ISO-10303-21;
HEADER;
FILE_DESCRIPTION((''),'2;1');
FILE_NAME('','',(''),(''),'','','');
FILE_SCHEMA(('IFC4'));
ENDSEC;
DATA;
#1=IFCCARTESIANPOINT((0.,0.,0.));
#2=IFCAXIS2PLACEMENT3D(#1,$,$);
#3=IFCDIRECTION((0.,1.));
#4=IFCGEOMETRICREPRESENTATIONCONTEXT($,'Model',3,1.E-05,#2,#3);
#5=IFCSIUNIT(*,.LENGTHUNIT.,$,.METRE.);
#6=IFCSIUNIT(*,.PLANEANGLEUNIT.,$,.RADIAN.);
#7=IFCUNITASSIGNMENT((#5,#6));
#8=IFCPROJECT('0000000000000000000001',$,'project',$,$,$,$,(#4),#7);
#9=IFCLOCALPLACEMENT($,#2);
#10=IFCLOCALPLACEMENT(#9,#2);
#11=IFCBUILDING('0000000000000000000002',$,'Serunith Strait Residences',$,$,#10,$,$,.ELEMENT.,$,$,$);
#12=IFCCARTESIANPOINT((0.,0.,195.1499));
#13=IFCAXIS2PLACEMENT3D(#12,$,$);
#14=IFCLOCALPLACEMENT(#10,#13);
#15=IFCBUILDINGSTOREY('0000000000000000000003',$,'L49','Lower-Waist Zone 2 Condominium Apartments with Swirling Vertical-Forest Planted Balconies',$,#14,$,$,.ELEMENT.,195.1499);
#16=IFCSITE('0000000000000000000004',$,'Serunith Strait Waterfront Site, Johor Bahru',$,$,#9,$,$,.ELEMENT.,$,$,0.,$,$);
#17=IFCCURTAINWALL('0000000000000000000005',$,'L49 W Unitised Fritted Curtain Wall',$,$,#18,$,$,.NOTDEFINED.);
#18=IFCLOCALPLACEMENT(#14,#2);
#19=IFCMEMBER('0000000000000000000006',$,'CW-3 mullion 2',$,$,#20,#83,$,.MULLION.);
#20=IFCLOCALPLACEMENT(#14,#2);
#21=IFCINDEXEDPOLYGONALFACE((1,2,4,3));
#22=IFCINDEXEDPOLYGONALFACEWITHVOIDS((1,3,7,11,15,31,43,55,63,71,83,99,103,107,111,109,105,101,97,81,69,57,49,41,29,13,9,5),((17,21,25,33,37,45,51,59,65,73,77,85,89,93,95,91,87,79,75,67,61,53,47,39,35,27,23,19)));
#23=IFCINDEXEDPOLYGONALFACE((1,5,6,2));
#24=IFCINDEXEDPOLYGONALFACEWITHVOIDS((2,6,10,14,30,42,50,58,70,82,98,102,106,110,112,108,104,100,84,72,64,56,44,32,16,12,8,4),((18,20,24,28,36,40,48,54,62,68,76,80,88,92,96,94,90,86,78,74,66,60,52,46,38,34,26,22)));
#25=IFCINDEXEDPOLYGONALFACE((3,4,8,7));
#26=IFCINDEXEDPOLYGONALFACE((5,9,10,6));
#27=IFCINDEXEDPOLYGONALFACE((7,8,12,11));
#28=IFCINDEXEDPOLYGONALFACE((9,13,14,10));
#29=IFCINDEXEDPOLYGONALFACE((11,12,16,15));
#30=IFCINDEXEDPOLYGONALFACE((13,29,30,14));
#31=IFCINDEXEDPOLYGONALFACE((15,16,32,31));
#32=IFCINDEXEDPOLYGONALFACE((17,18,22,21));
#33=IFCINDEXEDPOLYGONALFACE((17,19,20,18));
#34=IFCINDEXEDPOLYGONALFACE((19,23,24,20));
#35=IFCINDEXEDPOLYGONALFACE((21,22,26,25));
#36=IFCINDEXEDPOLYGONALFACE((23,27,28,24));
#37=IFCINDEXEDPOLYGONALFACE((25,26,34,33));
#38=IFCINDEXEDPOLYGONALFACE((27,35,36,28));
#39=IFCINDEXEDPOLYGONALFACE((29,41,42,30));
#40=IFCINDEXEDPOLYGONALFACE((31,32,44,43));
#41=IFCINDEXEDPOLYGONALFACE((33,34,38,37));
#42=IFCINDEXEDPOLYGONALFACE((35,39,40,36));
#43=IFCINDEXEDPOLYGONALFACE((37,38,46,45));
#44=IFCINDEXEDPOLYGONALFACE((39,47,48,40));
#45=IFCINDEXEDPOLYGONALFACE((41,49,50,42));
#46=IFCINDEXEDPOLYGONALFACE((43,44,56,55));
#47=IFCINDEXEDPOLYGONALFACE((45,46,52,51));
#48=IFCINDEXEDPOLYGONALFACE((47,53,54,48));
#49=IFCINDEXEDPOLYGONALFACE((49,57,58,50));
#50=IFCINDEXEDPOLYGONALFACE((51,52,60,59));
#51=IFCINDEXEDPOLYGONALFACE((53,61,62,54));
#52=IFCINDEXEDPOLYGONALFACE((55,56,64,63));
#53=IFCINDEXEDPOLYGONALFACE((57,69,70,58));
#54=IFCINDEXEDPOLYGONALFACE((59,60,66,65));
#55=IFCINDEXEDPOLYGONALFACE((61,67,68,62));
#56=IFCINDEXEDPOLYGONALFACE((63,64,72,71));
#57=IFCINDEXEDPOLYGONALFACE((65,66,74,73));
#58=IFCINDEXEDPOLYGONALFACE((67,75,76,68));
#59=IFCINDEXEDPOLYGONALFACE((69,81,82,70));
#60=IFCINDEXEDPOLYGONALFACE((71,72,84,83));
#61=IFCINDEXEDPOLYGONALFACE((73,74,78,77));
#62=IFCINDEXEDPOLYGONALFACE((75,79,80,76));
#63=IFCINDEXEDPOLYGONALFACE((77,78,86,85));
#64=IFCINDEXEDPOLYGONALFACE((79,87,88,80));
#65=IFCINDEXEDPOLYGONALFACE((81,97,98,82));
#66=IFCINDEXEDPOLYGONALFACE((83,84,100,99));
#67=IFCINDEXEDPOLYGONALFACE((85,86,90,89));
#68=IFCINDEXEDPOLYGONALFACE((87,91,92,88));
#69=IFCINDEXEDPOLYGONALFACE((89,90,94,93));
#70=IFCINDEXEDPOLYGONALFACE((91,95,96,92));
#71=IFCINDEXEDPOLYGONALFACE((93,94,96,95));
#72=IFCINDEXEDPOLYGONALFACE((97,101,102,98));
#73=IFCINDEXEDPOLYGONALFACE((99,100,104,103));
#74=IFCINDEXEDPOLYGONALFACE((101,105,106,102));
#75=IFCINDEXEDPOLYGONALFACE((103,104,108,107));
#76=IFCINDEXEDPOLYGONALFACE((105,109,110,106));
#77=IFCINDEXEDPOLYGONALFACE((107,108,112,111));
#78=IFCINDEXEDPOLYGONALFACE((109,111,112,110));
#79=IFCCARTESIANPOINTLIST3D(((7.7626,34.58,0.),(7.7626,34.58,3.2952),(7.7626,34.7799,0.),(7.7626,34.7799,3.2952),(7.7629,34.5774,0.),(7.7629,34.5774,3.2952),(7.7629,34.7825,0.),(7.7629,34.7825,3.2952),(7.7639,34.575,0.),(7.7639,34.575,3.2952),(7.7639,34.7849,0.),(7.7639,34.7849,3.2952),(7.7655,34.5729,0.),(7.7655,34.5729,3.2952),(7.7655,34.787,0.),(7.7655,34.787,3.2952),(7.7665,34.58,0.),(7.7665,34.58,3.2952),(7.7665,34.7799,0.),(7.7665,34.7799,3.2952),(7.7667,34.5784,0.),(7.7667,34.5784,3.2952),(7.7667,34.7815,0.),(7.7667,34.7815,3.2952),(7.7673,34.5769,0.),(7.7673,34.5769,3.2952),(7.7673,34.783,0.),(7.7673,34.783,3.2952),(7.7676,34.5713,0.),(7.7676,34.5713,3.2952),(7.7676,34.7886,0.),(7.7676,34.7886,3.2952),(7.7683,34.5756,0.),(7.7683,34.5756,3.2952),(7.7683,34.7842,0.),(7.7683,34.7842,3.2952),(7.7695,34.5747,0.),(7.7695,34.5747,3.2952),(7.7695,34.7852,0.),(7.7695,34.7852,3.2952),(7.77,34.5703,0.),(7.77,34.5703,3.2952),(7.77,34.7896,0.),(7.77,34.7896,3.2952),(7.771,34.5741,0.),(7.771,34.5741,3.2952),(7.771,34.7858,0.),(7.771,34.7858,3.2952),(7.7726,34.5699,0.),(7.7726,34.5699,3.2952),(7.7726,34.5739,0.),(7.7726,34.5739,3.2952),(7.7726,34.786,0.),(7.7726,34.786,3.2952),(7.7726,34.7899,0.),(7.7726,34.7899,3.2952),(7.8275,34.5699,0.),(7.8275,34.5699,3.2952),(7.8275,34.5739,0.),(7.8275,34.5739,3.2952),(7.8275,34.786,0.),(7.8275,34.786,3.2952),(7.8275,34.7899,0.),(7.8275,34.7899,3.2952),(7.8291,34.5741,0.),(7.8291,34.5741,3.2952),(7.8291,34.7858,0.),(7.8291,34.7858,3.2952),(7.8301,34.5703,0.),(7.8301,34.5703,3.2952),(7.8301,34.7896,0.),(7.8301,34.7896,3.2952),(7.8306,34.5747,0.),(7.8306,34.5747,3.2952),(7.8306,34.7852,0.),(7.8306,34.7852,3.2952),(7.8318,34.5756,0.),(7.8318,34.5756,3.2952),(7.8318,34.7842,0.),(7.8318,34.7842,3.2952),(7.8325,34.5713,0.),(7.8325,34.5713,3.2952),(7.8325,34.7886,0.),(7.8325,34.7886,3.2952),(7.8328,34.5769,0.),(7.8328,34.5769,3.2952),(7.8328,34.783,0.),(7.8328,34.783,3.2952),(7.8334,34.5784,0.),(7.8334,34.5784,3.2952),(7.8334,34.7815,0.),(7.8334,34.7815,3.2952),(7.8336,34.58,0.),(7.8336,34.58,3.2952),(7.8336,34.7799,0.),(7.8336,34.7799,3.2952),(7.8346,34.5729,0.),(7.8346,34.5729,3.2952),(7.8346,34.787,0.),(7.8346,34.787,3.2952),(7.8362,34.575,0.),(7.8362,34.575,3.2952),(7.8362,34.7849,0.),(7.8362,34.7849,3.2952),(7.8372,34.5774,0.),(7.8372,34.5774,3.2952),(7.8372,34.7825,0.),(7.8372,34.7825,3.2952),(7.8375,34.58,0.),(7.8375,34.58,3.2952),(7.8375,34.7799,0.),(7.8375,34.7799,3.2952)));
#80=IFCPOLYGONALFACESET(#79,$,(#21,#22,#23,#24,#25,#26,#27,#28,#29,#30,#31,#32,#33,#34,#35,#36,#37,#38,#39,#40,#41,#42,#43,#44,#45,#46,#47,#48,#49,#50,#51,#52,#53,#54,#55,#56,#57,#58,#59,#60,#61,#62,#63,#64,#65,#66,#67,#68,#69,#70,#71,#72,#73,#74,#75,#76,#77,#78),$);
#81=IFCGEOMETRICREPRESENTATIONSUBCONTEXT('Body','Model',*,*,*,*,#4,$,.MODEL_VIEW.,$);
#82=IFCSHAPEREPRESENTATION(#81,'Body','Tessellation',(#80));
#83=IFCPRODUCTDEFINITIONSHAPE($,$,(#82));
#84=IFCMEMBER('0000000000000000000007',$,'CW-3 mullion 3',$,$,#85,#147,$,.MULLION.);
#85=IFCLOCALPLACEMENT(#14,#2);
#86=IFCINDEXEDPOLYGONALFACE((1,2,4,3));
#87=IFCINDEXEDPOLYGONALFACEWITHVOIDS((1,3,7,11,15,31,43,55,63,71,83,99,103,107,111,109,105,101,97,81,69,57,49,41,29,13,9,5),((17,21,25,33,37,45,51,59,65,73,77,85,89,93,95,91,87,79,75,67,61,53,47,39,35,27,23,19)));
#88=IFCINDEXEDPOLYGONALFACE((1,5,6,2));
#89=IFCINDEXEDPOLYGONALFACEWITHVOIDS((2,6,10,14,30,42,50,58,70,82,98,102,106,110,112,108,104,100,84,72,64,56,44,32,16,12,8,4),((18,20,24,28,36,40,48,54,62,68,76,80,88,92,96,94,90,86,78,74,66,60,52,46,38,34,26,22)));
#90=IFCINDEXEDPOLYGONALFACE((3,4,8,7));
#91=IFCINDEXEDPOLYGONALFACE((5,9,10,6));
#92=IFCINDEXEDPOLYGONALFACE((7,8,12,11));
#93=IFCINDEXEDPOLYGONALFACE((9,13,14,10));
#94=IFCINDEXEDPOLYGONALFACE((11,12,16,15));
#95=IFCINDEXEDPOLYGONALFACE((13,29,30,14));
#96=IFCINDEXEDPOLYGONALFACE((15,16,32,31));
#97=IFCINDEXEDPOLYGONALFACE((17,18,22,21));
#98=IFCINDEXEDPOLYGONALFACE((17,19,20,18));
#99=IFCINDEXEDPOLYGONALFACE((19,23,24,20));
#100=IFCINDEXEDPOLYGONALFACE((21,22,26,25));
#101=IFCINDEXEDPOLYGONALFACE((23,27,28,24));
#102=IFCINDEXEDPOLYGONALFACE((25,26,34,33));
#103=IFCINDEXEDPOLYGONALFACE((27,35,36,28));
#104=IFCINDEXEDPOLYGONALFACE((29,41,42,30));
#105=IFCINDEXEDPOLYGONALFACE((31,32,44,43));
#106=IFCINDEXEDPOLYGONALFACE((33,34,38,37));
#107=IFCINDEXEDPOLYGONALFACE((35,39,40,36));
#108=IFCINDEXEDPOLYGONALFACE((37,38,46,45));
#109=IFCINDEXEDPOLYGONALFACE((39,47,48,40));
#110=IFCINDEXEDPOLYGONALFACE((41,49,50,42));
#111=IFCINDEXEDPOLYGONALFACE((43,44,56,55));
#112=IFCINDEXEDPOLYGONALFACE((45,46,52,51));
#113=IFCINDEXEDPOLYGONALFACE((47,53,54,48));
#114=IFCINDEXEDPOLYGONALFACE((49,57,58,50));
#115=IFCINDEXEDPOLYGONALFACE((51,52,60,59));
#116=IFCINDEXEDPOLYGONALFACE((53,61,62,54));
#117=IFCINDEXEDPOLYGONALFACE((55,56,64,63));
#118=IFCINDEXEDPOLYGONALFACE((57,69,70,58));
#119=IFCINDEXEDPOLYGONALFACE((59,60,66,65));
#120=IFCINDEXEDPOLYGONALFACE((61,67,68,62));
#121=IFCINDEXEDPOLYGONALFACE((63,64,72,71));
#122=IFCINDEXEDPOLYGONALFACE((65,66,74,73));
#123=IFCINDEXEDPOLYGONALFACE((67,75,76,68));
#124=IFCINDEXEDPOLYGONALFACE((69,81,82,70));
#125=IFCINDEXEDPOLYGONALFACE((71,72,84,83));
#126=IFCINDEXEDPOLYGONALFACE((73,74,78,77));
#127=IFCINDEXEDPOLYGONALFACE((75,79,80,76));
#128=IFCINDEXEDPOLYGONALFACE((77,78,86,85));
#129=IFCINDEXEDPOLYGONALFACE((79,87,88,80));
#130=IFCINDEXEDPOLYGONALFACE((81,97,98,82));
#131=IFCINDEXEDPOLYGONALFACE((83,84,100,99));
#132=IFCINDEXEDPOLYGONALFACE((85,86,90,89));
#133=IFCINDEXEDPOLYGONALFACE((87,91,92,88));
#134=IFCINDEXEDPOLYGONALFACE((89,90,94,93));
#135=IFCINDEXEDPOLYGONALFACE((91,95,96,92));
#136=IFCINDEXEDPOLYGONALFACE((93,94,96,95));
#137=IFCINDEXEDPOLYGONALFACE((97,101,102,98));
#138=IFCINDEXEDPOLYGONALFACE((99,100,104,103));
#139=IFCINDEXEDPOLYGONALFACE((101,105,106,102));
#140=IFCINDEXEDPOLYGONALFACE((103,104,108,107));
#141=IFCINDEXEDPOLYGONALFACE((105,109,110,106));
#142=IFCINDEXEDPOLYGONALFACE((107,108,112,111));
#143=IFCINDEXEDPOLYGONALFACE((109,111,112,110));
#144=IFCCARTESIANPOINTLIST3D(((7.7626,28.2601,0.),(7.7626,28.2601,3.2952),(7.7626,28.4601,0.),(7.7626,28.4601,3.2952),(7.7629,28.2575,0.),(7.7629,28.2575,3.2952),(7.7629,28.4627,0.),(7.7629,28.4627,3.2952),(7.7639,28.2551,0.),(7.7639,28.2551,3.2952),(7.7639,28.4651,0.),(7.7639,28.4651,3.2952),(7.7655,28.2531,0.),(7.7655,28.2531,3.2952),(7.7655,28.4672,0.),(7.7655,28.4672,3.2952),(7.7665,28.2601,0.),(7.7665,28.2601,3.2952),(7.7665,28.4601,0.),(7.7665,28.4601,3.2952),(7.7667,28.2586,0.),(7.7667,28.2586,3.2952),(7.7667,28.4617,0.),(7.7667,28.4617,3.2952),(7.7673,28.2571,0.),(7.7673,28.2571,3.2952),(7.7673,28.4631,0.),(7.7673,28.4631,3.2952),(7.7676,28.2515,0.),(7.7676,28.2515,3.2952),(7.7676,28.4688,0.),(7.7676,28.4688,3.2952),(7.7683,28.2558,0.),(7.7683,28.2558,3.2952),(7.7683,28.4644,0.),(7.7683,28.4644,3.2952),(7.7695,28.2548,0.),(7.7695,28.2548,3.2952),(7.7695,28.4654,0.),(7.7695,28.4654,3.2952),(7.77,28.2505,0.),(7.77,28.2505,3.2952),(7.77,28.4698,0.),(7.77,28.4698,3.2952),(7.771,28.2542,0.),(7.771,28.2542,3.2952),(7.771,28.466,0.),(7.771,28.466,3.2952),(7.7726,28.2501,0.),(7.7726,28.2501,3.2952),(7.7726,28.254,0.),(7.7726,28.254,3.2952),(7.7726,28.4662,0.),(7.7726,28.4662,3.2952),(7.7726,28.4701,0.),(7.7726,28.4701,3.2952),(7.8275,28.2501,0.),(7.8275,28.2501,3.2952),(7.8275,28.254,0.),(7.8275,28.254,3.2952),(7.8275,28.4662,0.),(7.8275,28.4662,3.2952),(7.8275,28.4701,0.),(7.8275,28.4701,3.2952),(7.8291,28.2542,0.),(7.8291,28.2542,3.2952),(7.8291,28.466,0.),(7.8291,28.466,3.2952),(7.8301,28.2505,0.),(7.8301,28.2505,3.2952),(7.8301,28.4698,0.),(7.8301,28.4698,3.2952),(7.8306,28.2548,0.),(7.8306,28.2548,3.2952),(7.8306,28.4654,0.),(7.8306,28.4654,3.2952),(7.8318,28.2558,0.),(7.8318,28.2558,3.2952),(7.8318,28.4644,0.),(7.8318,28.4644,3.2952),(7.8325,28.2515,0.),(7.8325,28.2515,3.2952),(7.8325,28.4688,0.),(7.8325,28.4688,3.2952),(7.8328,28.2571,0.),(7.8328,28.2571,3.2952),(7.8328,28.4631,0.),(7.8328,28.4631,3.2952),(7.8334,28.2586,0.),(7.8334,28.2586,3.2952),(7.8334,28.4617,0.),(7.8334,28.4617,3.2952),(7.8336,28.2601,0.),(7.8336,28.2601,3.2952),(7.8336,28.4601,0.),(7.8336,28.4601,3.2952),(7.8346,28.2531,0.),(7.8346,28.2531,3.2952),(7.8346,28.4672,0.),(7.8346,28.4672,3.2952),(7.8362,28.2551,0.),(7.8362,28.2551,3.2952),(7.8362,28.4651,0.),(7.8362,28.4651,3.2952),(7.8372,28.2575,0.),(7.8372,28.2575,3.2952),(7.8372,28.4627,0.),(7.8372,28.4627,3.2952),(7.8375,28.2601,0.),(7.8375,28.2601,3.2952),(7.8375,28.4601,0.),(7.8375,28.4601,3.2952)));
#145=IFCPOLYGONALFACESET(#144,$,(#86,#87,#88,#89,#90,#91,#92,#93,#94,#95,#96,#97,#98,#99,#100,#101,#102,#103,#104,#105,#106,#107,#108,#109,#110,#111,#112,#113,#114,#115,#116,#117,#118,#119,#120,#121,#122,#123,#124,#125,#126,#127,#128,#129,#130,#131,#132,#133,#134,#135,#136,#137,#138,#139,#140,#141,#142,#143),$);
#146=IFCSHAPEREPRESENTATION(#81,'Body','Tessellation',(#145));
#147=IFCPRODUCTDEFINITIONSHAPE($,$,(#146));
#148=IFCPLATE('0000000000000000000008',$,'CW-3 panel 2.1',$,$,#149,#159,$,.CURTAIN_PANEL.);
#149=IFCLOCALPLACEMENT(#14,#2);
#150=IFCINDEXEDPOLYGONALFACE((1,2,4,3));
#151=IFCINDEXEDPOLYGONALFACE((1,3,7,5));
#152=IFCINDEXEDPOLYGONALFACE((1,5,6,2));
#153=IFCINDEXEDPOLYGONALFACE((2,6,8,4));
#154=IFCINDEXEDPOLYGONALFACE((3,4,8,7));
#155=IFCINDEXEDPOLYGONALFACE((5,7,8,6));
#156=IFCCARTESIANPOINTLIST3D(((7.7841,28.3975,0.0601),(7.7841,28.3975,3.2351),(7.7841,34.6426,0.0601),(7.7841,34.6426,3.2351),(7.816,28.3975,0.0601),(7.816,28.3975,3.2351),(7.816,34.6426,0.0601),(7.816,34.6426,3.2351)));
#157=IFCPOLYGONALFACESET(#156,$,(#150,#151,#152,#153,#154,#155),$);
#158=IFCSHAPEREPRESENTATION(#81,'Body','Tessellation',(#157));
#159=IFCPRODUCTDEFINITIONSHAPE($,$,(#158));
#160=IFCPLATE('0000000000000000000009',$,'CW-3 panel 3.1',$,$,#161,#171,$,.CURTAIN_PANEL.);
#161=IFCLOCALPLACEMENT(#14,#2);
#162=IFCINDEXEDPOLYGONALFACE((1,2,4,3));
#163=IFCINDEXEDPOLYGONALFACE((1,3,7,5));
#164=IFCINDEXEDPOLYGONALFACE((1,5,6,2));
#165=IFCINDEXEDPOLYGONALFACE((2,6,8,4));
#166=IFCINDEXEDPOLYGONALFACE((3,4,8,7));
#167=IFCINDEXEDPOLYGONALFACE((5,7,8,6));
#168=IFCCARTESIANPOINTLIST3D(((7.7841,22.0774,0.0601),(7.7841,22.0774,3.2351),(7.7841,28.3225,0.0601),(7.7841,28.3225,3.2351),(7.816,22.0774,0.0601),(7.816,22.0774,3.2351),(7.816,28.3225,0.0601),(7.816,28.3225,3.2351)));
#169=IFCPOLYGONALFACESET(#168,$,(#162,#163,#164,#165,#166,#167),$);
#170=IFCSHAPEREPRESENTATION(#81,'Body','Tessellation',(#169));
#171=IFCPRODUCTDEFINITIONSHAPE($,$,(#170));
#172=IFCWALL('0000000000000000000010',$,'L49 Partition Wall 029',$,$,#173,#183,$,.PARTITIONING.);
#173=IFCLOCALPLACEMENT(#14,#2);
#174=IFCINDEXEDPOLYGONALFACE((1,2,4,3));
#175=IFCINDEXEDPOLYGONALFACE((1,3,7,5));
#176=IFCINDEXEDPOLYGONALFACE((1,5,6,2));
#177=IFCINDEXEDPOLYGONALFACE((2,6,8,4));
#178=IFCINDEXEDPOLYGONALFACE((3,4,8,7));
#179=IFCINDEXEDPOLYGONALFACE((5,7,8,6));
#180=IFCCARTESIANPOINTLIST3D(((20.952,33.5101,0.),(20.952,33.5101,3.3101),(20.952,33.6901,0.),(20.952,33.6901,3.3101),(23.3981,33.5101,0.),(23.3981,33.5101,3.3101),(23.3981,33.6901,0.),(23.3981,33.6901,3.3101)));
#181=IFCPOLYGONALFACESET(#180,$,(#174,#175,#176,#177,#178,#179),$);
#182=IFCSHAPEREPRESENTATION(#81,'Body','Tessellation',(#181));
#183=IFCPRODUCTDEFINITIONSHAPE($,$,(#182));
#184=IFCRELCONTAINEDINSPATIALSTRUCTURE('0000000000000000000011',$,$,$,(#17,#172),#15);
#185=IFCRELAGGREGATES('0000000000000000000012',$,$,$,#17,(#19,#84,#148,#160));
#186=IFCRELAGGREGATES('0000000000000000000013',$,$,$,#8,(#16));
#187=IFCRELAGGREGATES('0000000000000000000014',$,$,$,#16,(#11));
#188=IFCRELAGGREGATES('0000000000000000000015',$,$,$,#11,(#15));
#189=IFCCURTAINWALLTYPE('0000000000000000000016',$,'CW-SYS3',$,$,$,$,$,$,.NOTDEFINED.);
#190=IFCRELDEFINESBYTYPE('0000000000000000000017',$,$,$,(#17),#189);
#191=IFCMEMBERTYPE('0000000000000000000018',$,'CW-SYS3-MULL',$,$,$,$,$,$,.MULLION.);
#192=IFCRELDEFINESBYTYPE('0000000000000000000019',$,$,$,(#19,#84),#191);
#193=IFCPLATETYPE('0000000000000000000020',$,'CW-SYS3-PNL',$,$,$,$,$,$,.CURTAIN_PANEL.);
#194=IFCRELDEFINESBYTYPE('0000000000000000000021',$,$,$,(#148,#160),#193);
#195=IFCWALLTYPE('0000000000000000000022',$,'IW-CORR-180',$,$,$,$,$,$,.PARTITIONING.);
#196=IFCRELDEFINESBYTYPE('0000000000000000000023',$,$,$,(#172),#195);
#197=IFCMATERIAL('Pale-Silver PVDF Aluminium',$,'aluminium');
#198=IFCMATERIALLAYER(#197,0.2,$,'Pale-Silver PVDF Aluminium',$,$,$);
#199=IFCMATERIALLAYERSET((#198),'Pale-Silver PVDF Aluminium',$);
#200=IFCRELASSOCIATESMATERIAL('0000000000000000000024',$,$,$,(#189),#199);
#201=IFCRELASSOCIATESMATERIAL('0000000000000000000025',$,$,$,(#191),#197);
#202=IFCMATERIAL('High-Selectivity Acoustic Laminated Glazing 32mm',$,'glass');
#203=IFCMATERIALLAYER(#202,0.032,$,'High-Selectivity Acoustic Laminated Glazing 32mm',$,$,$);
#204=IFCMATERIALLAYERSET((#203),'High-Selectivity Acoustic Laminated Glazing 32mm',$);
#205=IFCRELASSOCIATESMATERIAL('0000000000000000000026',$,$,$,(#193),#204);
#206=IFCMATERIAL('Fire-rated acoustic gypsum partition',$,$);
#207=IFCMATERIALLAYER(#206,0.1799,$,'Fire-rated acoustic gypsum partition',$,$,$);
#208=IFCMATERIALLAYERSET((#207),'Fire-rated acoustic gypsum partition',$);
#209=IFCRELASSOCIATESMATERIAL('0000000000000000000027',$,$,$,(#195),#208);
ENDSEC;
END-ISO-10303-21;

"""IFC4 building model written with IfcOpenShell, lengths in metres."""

from ifc_helpers import new_model, si_unit, direction, frame, frame_2d, origin, origin_2d, place, context, subcontext, project, spatial, rectangle, hollow_rectangle, extrude, source, transform, mapped, material, layer, layer_set, material_profile, profile_set, type_object, element, aggregate, save


model = new_model("IFC4")

# Units and contexts
model_context = context("Model", 3, precision=1e-05, world=origin(), true_north=direction((0.0, 1.0)))
body_context = subcontext(model_context, "Body", "Model", "MODEL_VIEW")
ifc_project = project(units=[si_unit("LENGTHUNIT", "METRE"), si_unit("PLANEANGLEUNIT", "RADIAN")], contexts=[model_context])

# Site, building, storey
site_placement = place(None, origin())
site = spatial("IfcSite", under=ifc_project, at=site_placement, Name="Serunith Strait Waterfront Site, Johor Bahru", CompositionType="ELEMENT", RefElevation=0.0)
building_placement = place(site_placement, origin())
building = spatial("IfcBuilding", under=site, at=building_placement, Name="Serunith Strait Residences", CompositionType="ELEMENT")
storey_placement = place(building_placement, frame((0.0, 0.0, 195.1499)))
storey = spatial("IfcBuildingStorey", under=building, at=storey_placement, Name="L49", Description="Lower-Waist Zone 2 Condominium Apartments with Swirling Vertical-Forest Planted Balconies", CompositionType="ELEMENT", Elevation=195.1499)

# Curtain wall, members, plates
ifc_material_1 = material(Name="Pale-Silver PVDF Aluminium", Category="aluminium")
ifc_layer_1 = layer(ifc_material_1, 0.2, Name="Pale-Silver PVDF Aluminium")
ifc_layer_set_1 = layer_set([ifc_layer_1], Name="Pale-Silver PVDF Aluminium")
curtain_wall_type = type_object("IfcCurtainWallType", Name="CW-SYS3", PredefinedType="NOTDEFINED", material=ifc_layer_set_1)
curtain_wall_placement = place(storey_placement, origin())
curtain_wall = element("IfcCurtainWall", 1, at=curtain_wall_placement, inside=storey, type_object=curtain_wall_type, Name="L49 W Unitised Fritted Curtain Wall", PredefinedType="NOTDEFINED")
ifc_material_profile_1 = material_profile(ifc_material_1, hollow_rectangle(XDim=0.075, YDim=0.22, WallThickness=0.0039, InnerFilletRadius=0.0061, OuterFilletRadius=0.01, at=origin_2d()), Name="ALU 220x75x4")
ifc_profile_set_1 = profile_set([ifc_material_profile_1], Name="Pale-Silver PVDF Aluminium")
member_type_1 = type_object("IfcMemberType", Name="CW-SYS3-MULL", PredefinedType="MULLION", material=ifc_profile_set_1)
shared_shape_1 = source(origin(), body_context, "Body", "SweptSolid", [
    extrude(hollow_rectangle(XDim=0.075, YDim=0.22, WallThickness=0.0039, InnerFilletRadius=0.0061, OuterFilletRadius=0.01, at=origin_2d()), origin(), (0.0, 0.0, 1.0), 3.2952),
])
member_1_placement = place(storey_placement, frame((7.8, 34.6799, 0.0), z_axis=(0.0, 0.0, 1.0), x_axis=(1.0, 0.0, 0.0)))
member_1 = element("IfcMember", 2, at=member_1_placement, type_object=member_type_1, Name="CW-3 mullion 2", PredefinedType="MULLION", context=body_context, shape_type="MappedRepresentation", body=[
    mapped(shared_shape_1, transform((0.0, 0.0, 0.0), scale=1.0)),
])
member_2_placement = place(storey_placement, frame((7.8, 28.3601, 0.0), z_axis=(0.0, 0.0, 1.0), x_axis=(1.0, 0.0, 0.0)))
member_2 = element("IfcMember", 3, at=member_2_placement, type_object=member_type_1, Name="CW-3 mullion 3", PredefinedType="MULLION", context=body_context, shape_type="MappedRepresentation", body=[
    mapped(shared_shape_1, transform((0.0, 0.0, 0.0), scale=1.0)),
])
ifc_material_2 = material(Name="High-Selectivity Acoustic Laminated Glazing 32mm", Category="glass")
ifc_layer_2 = layer(ifc_material_2, 0.032, Name="High-Selectivity Acoustic Laminated Glazing 32mm")
ifc_layer_set_2 = layer_set([ifc_layer_2], Name="High-Selectivity Acoustic Laminated Glazing 32mm")
plate_type = type_object("IfcPlateType", Name="CW-SYS3-PNL", PredefinedType="CURTAIN_PANEL", material=ifc_layer_set_2)
shared_shape_2 = source(origin(), body_context, "Body", "SweptSolid", [
    extrude(rectangle(XDim=6.2451, YDim=0.032, at=origin_2d()), origin(), (0.0, 0.0, 1.0), 3.175),
])
plate_1_placement = place(storey_placement, frame((7.8, 31.52, 0.0601), z_axis=(0.0, 0.0, 1.0), x_axis=(0.0, -1.0, 0.0)))
plate_1 = element("IfcPlate", 4, at=plate_1_placement, type_object=plate_type, Name="CW-3 panel 2.1", PredefinedType="CURTAIN_PANEL", context=body_context, shape_type="MappedRepresentation", body=[
    mapped(shared_shape_2, transform((0.0, 0.0, 0.0), scale=1.0)),
])
plate_2_placement = place(storey_placement, frame((7.8, 25.2, 0.0601), z_axis=(0.0, 0.0, 1.0), x_axis=(0.0, -1.0, 0.0)))
plate_2 = element("IfcPlate", 5, at=plate_2_placement, type_object=plate_type, Name="CW-3 panel 3.1", PredefinedType="CURTAIN_PANEL", context=body_context, shape_type="MappedRepresentation", body=[
    mapped(shared_shape_2, transform((0.0, 0.0, 0.0), scale=1.0)),
])
aggregate(curtain_wall, [member_1, member_2, plate_1, plate_2])

# Wall
ifc_material_3 = material(Name="Fire-rated acoustic gypsum partition")
ifc_layer_3 = layer(ifc_material_3, 0.1799, Name="Fire-rated acoustic gypsum partition")
ifc_layer_set_3 = layer_set([ifc_layer_3], Name="Fire-rated acoustic gypsum partition")
wall_type_1 = type_object("IfcWallType", Name="IW-CORR-180", PredefinedType="PARTITIONING", material=ifc_layer_set_3)
wall_1_placement = place(storey_placement, frame((20.9519, 33.6001, 0.0), z_axis=(0.0, 0.0, 1.0), x_axis=(1.0, 0.0, 0.0)))
element("IfcWall", 6, at=wall_1_placement, inside=storey, type_object=wall_type_1, Name="L49 Partition Wall 029", PredefinedType="PARTITIONING", context=body_context, shape_type="SweptSolid", body=[
    extrude(rectangle(XDim=2.446, YDim=0.1799, at=frame_2d((1.2231, 0.0))), origin(), (0.0, 0.0, 1.0), 3.3101),
])

save(model, "model.ifc")
